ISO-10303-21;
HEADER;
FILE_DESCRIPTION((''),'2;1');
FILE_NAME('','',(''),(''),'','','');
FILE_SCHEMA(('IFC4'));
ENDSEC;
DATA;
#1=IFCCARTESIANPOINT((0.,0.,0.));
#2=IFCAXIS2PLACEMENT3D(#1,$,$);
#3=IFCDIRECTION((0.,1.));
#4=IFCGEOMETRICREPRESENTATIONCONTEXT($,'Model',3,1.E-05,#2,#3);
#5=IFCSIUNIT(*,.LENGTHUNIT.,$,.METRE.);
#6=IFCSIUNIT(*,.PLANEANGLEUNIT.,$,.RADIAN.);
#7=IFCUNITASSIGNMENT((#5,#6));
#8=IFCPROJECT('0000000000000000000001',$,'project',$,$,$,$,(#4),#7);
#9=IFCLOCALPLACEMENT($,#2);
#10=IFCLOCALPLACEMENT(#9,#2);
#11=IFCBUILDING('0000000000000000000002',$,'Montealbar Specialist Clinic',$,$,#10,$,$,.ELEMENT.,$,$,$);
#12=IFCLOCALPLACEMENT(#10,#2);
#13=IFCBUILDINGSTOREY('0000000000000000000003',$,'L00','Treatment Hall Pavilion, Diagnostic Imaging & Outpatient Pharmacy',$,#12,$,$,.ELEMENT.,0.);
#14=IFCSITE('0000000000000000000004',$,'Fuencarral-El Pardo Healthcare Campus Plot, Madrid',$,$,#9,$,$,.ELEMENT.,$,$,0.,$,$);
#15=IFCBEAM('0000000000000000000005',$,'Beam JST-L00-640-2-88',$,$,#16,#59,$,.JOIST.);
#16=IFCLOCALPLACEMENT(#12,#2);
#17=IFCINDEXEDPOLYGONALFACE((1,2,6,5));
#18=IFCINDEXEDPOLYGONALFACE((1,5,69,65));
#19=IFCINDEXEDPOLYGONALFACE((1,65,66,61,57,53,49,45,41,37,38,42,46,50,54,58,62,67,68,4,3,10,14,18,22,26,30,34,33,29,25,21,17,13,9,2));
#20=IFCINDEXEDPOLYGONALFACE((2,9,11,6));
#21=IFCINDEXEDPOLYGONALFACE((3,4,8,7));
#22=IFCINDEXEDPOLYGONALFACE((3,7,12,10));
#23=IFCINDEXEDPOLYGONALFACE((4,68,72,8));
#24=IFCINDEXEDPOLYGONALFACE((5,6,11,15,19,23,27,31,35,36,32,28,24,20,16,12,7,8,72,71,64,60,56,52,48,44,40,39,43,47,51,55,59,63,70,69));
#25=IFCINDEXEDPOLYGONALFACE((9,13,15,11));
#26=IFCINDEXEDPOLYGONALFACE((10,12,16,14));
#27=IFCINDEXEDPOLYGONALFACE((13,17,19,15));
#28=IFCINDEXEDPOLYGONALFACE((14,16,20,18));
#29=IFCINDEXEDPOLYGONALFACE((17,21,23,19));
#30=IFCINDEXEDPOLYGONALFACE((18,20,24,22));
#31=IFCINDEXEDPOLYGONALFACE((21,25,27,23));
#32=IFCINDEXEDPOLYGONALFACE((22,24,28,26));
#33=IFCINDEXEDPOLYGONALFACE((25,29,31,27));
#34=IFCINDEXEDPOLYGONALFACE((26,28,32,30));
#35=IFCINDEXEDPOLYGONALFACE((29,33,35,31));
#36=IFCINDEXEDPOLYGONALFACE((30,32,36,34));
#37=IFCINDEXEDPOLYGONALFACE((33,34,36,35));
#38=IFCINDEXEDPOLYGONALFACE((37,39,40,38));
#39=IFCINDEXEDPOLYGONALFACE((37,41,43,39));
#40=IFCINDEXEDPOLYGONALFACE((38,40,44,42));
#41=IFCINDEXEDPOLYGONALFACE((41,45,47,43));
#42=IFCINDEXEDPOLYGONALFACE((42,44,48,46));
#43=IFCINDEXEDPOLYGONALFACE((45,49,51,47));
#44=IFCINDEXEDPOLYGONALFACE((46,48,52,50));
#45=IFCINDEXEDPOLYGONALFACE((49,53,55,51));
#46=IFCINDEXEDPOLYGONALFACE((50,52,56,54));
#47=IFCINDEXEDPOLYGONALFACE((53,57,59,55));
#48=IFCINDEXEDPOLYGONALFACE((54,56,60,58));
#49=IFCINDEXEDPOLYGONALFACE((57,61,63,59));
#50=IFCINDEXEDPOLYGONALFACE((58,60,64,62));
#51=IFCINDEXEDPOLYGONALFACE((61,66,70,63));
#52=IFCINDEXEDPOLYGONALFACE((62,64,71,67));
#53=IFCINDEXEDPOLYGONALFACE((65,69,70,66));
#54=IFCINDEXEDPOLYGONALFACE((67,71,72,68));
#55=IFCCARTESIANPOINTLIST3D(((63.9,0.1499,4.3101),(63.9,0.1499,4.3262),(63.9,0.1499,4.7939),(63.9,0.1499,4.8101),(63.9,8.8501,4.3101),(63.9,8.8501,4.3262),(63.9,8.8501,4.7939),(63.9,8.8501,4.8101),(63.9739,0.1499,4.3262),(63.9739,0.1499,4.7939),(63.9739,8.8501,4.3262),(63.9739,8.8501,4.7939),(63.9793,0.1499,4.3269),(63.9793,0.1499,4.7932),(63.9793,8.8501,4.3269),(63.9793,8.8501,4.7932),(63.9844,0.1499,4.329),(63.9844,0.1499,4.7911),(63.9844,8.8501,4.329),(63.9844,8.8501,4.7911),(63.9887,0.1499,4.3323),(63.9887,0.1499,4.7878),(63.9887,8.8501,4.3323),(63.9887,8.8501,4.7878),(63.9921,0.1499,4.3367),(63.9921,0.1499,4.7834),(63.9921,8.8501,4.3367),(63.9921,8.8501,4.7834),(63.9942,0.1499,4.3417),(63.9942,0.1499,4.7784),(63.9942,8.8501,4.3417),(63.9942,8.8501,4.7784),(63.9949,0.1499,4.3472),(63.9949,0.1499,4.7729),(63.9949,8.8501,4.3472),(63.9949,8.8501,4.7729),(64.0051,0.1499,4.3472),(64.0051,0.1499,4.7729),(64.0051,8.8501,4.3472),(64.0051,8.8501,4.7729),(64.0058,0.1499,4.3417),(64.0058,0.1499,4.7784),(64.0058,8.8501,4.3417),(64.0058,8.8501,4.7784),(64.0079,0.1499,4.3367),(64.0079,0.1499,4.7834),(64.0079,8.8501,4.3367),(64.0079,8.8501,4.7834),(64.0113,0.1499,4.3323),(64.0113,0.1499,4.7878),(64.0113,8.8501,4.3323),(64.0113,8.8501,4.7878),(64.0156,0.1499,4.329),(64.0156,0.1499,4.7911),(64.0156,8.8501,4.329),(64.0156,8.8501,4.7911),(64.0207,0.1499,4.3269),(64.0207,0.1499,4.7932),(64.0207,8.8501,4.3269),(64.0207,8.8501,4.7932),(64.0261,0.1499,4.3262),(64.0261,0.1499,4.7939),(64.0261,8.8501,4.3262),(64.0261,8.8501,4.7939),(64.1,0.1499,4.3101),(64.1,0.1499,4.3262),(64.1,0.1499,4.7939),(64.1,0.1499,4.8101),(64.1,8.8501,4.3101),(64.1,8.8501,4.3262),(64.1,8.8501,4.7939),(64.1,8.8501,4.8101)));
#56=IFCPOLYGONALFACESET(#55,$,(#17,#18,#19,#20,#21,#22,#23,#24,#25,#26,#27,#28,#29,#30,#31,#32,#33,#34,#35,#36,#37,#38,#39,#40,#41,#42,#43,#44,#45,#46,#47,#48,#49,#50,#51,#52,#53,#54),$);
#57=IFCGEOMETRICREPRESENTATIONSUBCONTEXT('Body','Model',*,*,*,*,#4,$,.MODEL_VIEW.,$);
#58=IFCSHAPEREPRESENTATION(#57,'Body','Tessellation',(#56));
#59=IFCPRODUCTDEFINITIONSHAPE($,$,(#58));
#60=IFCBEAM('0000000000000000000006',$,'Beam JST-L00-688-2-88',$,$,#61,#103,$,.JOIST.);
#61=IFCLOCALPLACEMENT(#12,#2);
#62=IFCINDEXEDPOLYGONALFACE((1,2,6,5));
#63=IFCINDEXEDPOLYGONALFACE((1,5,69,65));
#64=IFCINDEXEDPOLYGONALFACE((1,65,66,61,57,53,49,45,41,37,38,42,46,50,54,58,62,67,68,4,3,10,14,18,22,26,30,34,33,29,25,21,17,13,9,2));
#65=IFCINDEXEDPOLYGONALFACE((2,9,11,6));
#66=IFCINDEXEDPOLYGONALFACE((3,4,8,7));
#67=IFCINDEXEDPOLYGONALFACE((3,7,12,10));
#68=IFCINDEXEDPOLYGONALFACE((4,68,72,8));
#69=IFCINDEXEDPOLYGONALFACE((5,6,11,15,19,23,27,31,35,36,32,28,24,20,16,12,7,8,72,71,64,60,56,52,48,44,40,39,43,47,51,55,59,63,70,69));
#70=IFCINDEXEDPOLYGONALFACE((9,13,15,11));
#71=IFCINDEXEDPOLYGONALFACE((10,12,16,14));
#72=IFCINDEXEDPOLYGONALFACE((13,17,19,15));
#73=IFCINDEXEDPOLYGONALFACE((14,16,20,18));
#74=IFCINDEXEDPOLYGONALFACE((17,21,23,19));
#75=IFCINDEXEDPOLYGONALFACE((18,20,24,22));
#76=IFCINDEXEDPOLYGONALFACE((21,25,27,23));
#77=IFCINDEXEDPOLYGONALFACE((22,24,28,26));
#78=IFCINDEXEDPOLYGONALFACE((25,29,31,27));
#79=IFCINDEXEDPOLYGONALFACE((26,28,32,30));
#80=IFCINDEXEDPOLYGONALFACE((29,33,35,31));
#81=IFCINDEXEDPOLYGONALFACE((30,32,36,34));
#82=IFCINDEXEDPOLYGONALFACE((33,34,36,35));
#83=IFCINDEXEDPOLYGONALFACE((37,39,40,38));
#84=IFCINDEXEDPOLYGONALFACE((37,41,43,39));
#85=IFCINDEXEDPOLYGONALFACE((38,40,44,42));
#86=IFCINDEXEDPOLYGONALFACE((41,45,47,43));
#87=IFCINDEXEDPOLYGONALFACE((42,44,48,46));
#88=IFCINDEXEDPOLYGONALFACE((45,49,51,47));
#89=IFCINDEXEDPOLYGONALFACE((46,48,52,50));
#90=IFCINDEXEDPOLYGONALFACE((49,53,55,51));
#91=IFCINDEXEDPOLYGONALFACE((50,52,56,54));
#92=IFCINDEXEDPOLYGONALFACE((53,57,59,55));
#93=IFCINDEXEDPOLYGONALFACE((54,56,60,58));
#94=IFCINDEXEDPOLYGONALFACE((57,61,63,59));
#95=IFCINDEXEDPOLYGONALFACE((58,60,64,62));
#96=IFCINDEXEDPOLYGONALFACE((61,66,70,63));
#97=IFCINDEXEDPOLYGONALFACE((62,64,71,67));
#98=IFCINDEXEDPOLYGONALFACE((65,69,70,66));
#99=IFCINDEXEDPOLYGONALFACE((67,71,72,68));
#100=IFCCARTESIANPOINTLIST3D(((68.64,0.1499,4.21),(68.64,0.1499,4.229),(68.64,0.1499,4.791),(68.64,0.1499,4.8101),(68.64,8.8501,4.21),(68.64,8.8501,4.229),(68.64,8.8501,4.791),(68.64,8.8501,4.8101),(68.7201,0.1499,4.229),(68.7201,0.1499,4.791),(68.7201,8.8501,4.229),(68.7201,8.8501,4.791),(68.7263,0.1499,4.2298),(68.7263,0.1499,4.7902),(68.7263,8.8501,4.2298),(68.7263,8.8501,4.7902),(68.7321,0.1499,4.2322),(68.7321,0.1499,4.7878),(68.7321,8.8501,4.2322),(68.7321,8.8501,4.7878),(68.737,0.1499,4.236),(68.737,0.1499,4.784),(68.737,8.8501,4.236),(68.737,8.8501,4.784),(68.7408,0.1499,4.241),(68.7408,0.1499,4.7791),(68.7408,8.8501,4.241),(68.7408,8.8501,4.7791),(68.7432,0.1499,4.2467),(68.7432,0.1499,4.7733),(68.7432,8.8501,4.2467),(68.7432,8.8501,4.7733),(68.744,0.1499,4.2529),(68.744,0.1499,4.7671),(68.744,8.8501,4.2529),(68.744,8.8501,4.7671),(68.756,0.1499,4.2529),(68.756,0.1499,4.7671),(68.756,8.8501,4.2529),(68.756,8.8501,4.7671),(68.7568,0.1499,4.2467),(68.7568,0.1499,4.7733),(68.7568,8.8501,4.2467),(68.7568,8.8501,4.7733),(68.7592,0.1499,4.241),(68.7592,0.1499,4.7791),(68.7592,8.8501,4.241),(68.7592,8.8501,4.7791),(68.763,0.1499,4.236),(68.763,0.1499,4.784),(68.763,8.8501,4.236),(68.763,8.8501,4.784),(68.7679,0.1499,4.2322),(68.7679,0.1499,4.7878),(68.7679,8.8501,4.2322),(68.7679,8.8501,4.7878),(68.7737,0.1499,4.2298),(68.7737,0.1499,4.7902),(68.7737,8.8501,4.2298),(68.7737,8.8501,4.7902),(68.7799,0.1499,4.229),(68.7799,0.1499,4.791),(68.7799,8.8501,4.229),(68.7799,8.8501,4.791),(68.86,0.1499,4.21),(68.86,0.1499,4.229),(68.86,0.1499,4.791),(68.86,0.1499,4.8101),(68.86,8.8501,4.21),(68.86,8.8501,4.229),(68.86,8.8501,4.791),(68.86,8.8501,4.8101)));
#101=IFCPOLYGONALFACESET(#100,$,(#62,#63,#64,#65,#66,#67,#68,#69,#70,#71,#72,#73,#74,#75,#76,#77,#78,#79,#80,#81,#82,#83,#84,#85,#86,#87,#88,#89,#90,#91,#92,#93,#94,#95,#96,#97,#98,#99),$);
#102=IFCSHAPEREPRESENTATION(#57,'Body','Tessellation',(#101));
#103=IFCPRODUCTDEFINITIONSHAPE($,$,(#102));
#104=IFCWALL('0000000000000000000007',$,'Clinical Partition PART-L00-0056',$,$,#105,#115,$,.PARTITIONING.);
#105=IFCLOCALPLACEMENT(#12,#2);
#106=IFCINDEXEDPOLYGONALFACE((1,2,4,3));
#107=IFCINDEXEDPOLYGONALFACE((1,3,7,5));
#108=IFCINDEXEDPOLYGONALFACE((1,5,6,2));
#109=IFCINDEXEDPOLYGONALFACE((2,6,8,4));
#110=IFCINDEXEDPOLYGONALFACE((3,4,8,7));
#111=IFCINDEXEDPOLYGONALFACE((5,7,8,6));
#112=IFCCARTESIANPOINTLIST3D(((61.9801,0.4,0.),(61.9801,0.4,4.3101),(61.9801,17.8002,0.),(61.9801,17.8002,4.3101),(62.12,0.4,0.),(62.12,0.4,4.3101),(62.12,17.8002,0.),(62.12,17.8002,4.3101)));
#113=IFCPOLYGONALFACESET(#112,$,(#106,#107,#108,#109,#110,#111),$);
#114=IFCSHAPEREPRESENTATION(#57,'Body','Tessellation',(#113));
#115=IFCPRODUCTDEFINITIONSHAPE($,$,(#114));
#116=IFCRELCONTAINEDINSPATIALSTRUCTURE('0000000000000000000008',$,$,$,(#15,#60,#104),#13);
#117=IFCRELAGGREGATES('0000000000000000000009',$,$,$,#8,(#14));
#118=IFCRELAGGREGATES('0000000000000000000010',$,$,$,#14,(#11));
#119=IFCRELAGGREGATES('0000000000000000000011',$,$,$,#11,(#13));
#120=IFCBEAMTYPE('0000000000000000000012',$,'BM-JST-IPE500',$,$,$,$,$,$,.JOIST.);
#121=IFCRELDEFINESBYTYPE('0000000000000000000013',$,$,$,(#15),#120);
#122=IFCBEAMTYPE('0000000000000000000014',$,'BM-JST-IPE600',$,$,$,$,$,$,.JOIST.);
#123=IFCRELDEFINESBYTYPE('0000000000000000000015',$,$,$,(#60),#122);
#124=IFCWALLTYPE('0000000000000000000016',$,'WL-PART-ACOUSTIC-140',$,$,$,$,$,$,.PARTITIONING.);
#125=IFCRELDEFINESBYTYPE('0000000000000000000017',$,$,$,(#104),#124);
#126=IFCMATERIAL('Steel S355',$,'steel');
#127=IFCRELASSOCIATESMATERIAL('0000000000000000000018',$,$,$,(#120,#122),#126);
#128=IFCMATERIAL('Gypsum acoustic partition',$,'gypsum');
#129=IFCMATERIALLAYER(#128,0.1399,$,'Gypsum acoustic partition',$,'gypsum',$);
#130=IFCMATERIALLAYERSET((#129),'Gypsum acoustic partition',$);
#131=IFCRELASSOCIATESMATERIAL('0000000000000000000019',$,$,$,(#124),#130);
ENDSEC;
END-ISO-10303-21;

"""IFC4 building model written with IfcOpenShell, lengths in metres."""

from ifc_helpers import new_model, si_unit, direction, frame, frame_2d, origin, origin_2d, place, context, subcontext, project, spatial, rectangle, i_section, extrude, material, layer, layer_set, material_profile, profile_set, type_object, element, save


model = new_model("IFC4")

# Units and contexts
model_context = context("Model", 3, precision=1e-05, world=origin(), true_north=direction((0.0, 1.0)))
body_context = subcontext(model_context, "Body", "Model", "MODEL_VIEW")
ifc_project = project(units=[si_unit("LENGTHUNIT", "METRE"), si_unit("PLANEANGLEUNIT", "RADIAN")], contexts=[model_context])

# Site, building, storey
site_placement = place(None, origin())
site = spatial("IfcSite", under=ifc_project, at=site_placement, Name="Fuencarral-El Pardo Healthcare Campus Plot, Madrid", CompositionType="ELEMENT", RefElevation=0.0)
building_placement = place(site_placement, origin())
building = spatial("IfcBuilding", under=site, at=building_placement, Name="Montealbar Specialist Clinic", CompositionType="ELEMENT")
storey_placement = place(building_placement, origin())
storey = spatial("IfcBuildingStorey", under=building, at=storey_placement, Name="L00", Description="Treatment Hall Pavilion, Diagnostic Imaging & Outpatient Pharmacy", CompositionType="ELEMENT", Elevation=0.0)

# Shared definitions
ifc_material_1 = material(Name="Steel S355", Category="steel")

# Beams
ifc_material_profile_1 = material_profile(ifc_material_1, i_section(OverallWidth=0.2, OverallDepth=0.5, WebThickness=0.0103, FlangeThickness=0.0161, FilletRadius=0.021, at=origin_2d()), Name="IPE 500", Category="steel")
ifc_profile_set_1 = profile_set([ifc_material_profile_1], Name="Steel S355")
beam_type_1 = type_object("IfcBeamType", Name="BM-JST-IPE500", PredefinedType="JOIST", material=ifc_profile_set_1)
beam_1_placement = place(storey_placement, frame((64.0, 0.1499, 4.5601), z_axis=(0.0, 1.0, 0.0), x_axis=(-1.0, 0.0, 0.0)))
element("IfcBeam", 1, at=beam_1_placement, inside=storey, type_object=beam_type_1, Name="Beam JST-L00-640-2-88", PredefinedType="JOIST", context=body_context, shape_type="SweptSolid", body=[
    extrude(i_section(OverallWidth=0.2, OverallDepth=0.5, WebThickness=0.0103, FlangeThickness=0.0161, FilletRadius=0.021, at=origin_2d()), origin(), (0.0, 0.0, 1.0), 8.7002),
])
ifc_material_profile_2 = material_profile(ifc_material_1, i_section(OverallWidth=0.22, OverallDepth=0.6001, WebThickness=0.012, FlangeThickness=0.019, FilletRadius=0.0239, at=origin_2d()), Name="IPE 600", Category="steel")
ifc_profile_set_2 = profile_set([ifc_material_profile_2], Name="Steel S355")
beam_type_2 = type_object("IfcBeamType", Name="BM-JST-IPE600", PredefinedType="JOIST", material=ifc_profile_set_2)
beam_2_placement = place(storey_placement, frame((68.75, 0.1499, 4.51), z_axis=(0.0, 1.0, 0.0), x_axis=(-1.0, 0.0, 0.0)))
element("IfcBeam", 2, at=beam_2_placement, inside=storey, type_object=beam_type_2, Name="Beam JST-L00-688-2-88", PredefinedType="JOIST", context=body_context, shape_type="SweptSolid", body=[
    extrude(i_section(OverallWidth=0.22, OverallDepth=0.6001, WebThickness=0.012, FlangeThickness=0.019, FilletRadius=0.0239, at=origin_2d()), origin(), (0.0, 0.0, 1.0), 8.7002),
])

# Wall
ifc_material_2 = material(Name="Gypsum acoustic partition", Category="gypsum")
ifc_layer = layer(ifc_material_2, 0.1399, Name="Gypsum acoustic partition", Category="gypsum")
ifc_layer_set = layer_set([ifc_layer], Name="Gypsum acoustic partition")
wall_type = type_object("IfcWallType", Name="WL-PART-ACOUSTIC-140", PredefinedType="PARTITIONING", material=ifc_layer_set)
wall_placement = place(storey_placement, frame((62.05, 0.3999, 0.0), z_axis=(0.0, 0.0, 1.0), x_axis=(0.0, 1.0, 0.0)))
element("IfcWall", 3, at=wall_placement, inside=storey, type_object=wall_type, Name="Clinical Partition PART-L00-0056", PredefinedType="PARTITIONING", context=body_context, shape_type="SweptSolid", body=[
    extrude(rectangle(XDim=17.4001, YDim=0.1399, at=frame_2d((8.7002, 0.0))), origin(), (0.0, 0.0, 1.0), 4.3101),
])

save(model, "model.ifc")
